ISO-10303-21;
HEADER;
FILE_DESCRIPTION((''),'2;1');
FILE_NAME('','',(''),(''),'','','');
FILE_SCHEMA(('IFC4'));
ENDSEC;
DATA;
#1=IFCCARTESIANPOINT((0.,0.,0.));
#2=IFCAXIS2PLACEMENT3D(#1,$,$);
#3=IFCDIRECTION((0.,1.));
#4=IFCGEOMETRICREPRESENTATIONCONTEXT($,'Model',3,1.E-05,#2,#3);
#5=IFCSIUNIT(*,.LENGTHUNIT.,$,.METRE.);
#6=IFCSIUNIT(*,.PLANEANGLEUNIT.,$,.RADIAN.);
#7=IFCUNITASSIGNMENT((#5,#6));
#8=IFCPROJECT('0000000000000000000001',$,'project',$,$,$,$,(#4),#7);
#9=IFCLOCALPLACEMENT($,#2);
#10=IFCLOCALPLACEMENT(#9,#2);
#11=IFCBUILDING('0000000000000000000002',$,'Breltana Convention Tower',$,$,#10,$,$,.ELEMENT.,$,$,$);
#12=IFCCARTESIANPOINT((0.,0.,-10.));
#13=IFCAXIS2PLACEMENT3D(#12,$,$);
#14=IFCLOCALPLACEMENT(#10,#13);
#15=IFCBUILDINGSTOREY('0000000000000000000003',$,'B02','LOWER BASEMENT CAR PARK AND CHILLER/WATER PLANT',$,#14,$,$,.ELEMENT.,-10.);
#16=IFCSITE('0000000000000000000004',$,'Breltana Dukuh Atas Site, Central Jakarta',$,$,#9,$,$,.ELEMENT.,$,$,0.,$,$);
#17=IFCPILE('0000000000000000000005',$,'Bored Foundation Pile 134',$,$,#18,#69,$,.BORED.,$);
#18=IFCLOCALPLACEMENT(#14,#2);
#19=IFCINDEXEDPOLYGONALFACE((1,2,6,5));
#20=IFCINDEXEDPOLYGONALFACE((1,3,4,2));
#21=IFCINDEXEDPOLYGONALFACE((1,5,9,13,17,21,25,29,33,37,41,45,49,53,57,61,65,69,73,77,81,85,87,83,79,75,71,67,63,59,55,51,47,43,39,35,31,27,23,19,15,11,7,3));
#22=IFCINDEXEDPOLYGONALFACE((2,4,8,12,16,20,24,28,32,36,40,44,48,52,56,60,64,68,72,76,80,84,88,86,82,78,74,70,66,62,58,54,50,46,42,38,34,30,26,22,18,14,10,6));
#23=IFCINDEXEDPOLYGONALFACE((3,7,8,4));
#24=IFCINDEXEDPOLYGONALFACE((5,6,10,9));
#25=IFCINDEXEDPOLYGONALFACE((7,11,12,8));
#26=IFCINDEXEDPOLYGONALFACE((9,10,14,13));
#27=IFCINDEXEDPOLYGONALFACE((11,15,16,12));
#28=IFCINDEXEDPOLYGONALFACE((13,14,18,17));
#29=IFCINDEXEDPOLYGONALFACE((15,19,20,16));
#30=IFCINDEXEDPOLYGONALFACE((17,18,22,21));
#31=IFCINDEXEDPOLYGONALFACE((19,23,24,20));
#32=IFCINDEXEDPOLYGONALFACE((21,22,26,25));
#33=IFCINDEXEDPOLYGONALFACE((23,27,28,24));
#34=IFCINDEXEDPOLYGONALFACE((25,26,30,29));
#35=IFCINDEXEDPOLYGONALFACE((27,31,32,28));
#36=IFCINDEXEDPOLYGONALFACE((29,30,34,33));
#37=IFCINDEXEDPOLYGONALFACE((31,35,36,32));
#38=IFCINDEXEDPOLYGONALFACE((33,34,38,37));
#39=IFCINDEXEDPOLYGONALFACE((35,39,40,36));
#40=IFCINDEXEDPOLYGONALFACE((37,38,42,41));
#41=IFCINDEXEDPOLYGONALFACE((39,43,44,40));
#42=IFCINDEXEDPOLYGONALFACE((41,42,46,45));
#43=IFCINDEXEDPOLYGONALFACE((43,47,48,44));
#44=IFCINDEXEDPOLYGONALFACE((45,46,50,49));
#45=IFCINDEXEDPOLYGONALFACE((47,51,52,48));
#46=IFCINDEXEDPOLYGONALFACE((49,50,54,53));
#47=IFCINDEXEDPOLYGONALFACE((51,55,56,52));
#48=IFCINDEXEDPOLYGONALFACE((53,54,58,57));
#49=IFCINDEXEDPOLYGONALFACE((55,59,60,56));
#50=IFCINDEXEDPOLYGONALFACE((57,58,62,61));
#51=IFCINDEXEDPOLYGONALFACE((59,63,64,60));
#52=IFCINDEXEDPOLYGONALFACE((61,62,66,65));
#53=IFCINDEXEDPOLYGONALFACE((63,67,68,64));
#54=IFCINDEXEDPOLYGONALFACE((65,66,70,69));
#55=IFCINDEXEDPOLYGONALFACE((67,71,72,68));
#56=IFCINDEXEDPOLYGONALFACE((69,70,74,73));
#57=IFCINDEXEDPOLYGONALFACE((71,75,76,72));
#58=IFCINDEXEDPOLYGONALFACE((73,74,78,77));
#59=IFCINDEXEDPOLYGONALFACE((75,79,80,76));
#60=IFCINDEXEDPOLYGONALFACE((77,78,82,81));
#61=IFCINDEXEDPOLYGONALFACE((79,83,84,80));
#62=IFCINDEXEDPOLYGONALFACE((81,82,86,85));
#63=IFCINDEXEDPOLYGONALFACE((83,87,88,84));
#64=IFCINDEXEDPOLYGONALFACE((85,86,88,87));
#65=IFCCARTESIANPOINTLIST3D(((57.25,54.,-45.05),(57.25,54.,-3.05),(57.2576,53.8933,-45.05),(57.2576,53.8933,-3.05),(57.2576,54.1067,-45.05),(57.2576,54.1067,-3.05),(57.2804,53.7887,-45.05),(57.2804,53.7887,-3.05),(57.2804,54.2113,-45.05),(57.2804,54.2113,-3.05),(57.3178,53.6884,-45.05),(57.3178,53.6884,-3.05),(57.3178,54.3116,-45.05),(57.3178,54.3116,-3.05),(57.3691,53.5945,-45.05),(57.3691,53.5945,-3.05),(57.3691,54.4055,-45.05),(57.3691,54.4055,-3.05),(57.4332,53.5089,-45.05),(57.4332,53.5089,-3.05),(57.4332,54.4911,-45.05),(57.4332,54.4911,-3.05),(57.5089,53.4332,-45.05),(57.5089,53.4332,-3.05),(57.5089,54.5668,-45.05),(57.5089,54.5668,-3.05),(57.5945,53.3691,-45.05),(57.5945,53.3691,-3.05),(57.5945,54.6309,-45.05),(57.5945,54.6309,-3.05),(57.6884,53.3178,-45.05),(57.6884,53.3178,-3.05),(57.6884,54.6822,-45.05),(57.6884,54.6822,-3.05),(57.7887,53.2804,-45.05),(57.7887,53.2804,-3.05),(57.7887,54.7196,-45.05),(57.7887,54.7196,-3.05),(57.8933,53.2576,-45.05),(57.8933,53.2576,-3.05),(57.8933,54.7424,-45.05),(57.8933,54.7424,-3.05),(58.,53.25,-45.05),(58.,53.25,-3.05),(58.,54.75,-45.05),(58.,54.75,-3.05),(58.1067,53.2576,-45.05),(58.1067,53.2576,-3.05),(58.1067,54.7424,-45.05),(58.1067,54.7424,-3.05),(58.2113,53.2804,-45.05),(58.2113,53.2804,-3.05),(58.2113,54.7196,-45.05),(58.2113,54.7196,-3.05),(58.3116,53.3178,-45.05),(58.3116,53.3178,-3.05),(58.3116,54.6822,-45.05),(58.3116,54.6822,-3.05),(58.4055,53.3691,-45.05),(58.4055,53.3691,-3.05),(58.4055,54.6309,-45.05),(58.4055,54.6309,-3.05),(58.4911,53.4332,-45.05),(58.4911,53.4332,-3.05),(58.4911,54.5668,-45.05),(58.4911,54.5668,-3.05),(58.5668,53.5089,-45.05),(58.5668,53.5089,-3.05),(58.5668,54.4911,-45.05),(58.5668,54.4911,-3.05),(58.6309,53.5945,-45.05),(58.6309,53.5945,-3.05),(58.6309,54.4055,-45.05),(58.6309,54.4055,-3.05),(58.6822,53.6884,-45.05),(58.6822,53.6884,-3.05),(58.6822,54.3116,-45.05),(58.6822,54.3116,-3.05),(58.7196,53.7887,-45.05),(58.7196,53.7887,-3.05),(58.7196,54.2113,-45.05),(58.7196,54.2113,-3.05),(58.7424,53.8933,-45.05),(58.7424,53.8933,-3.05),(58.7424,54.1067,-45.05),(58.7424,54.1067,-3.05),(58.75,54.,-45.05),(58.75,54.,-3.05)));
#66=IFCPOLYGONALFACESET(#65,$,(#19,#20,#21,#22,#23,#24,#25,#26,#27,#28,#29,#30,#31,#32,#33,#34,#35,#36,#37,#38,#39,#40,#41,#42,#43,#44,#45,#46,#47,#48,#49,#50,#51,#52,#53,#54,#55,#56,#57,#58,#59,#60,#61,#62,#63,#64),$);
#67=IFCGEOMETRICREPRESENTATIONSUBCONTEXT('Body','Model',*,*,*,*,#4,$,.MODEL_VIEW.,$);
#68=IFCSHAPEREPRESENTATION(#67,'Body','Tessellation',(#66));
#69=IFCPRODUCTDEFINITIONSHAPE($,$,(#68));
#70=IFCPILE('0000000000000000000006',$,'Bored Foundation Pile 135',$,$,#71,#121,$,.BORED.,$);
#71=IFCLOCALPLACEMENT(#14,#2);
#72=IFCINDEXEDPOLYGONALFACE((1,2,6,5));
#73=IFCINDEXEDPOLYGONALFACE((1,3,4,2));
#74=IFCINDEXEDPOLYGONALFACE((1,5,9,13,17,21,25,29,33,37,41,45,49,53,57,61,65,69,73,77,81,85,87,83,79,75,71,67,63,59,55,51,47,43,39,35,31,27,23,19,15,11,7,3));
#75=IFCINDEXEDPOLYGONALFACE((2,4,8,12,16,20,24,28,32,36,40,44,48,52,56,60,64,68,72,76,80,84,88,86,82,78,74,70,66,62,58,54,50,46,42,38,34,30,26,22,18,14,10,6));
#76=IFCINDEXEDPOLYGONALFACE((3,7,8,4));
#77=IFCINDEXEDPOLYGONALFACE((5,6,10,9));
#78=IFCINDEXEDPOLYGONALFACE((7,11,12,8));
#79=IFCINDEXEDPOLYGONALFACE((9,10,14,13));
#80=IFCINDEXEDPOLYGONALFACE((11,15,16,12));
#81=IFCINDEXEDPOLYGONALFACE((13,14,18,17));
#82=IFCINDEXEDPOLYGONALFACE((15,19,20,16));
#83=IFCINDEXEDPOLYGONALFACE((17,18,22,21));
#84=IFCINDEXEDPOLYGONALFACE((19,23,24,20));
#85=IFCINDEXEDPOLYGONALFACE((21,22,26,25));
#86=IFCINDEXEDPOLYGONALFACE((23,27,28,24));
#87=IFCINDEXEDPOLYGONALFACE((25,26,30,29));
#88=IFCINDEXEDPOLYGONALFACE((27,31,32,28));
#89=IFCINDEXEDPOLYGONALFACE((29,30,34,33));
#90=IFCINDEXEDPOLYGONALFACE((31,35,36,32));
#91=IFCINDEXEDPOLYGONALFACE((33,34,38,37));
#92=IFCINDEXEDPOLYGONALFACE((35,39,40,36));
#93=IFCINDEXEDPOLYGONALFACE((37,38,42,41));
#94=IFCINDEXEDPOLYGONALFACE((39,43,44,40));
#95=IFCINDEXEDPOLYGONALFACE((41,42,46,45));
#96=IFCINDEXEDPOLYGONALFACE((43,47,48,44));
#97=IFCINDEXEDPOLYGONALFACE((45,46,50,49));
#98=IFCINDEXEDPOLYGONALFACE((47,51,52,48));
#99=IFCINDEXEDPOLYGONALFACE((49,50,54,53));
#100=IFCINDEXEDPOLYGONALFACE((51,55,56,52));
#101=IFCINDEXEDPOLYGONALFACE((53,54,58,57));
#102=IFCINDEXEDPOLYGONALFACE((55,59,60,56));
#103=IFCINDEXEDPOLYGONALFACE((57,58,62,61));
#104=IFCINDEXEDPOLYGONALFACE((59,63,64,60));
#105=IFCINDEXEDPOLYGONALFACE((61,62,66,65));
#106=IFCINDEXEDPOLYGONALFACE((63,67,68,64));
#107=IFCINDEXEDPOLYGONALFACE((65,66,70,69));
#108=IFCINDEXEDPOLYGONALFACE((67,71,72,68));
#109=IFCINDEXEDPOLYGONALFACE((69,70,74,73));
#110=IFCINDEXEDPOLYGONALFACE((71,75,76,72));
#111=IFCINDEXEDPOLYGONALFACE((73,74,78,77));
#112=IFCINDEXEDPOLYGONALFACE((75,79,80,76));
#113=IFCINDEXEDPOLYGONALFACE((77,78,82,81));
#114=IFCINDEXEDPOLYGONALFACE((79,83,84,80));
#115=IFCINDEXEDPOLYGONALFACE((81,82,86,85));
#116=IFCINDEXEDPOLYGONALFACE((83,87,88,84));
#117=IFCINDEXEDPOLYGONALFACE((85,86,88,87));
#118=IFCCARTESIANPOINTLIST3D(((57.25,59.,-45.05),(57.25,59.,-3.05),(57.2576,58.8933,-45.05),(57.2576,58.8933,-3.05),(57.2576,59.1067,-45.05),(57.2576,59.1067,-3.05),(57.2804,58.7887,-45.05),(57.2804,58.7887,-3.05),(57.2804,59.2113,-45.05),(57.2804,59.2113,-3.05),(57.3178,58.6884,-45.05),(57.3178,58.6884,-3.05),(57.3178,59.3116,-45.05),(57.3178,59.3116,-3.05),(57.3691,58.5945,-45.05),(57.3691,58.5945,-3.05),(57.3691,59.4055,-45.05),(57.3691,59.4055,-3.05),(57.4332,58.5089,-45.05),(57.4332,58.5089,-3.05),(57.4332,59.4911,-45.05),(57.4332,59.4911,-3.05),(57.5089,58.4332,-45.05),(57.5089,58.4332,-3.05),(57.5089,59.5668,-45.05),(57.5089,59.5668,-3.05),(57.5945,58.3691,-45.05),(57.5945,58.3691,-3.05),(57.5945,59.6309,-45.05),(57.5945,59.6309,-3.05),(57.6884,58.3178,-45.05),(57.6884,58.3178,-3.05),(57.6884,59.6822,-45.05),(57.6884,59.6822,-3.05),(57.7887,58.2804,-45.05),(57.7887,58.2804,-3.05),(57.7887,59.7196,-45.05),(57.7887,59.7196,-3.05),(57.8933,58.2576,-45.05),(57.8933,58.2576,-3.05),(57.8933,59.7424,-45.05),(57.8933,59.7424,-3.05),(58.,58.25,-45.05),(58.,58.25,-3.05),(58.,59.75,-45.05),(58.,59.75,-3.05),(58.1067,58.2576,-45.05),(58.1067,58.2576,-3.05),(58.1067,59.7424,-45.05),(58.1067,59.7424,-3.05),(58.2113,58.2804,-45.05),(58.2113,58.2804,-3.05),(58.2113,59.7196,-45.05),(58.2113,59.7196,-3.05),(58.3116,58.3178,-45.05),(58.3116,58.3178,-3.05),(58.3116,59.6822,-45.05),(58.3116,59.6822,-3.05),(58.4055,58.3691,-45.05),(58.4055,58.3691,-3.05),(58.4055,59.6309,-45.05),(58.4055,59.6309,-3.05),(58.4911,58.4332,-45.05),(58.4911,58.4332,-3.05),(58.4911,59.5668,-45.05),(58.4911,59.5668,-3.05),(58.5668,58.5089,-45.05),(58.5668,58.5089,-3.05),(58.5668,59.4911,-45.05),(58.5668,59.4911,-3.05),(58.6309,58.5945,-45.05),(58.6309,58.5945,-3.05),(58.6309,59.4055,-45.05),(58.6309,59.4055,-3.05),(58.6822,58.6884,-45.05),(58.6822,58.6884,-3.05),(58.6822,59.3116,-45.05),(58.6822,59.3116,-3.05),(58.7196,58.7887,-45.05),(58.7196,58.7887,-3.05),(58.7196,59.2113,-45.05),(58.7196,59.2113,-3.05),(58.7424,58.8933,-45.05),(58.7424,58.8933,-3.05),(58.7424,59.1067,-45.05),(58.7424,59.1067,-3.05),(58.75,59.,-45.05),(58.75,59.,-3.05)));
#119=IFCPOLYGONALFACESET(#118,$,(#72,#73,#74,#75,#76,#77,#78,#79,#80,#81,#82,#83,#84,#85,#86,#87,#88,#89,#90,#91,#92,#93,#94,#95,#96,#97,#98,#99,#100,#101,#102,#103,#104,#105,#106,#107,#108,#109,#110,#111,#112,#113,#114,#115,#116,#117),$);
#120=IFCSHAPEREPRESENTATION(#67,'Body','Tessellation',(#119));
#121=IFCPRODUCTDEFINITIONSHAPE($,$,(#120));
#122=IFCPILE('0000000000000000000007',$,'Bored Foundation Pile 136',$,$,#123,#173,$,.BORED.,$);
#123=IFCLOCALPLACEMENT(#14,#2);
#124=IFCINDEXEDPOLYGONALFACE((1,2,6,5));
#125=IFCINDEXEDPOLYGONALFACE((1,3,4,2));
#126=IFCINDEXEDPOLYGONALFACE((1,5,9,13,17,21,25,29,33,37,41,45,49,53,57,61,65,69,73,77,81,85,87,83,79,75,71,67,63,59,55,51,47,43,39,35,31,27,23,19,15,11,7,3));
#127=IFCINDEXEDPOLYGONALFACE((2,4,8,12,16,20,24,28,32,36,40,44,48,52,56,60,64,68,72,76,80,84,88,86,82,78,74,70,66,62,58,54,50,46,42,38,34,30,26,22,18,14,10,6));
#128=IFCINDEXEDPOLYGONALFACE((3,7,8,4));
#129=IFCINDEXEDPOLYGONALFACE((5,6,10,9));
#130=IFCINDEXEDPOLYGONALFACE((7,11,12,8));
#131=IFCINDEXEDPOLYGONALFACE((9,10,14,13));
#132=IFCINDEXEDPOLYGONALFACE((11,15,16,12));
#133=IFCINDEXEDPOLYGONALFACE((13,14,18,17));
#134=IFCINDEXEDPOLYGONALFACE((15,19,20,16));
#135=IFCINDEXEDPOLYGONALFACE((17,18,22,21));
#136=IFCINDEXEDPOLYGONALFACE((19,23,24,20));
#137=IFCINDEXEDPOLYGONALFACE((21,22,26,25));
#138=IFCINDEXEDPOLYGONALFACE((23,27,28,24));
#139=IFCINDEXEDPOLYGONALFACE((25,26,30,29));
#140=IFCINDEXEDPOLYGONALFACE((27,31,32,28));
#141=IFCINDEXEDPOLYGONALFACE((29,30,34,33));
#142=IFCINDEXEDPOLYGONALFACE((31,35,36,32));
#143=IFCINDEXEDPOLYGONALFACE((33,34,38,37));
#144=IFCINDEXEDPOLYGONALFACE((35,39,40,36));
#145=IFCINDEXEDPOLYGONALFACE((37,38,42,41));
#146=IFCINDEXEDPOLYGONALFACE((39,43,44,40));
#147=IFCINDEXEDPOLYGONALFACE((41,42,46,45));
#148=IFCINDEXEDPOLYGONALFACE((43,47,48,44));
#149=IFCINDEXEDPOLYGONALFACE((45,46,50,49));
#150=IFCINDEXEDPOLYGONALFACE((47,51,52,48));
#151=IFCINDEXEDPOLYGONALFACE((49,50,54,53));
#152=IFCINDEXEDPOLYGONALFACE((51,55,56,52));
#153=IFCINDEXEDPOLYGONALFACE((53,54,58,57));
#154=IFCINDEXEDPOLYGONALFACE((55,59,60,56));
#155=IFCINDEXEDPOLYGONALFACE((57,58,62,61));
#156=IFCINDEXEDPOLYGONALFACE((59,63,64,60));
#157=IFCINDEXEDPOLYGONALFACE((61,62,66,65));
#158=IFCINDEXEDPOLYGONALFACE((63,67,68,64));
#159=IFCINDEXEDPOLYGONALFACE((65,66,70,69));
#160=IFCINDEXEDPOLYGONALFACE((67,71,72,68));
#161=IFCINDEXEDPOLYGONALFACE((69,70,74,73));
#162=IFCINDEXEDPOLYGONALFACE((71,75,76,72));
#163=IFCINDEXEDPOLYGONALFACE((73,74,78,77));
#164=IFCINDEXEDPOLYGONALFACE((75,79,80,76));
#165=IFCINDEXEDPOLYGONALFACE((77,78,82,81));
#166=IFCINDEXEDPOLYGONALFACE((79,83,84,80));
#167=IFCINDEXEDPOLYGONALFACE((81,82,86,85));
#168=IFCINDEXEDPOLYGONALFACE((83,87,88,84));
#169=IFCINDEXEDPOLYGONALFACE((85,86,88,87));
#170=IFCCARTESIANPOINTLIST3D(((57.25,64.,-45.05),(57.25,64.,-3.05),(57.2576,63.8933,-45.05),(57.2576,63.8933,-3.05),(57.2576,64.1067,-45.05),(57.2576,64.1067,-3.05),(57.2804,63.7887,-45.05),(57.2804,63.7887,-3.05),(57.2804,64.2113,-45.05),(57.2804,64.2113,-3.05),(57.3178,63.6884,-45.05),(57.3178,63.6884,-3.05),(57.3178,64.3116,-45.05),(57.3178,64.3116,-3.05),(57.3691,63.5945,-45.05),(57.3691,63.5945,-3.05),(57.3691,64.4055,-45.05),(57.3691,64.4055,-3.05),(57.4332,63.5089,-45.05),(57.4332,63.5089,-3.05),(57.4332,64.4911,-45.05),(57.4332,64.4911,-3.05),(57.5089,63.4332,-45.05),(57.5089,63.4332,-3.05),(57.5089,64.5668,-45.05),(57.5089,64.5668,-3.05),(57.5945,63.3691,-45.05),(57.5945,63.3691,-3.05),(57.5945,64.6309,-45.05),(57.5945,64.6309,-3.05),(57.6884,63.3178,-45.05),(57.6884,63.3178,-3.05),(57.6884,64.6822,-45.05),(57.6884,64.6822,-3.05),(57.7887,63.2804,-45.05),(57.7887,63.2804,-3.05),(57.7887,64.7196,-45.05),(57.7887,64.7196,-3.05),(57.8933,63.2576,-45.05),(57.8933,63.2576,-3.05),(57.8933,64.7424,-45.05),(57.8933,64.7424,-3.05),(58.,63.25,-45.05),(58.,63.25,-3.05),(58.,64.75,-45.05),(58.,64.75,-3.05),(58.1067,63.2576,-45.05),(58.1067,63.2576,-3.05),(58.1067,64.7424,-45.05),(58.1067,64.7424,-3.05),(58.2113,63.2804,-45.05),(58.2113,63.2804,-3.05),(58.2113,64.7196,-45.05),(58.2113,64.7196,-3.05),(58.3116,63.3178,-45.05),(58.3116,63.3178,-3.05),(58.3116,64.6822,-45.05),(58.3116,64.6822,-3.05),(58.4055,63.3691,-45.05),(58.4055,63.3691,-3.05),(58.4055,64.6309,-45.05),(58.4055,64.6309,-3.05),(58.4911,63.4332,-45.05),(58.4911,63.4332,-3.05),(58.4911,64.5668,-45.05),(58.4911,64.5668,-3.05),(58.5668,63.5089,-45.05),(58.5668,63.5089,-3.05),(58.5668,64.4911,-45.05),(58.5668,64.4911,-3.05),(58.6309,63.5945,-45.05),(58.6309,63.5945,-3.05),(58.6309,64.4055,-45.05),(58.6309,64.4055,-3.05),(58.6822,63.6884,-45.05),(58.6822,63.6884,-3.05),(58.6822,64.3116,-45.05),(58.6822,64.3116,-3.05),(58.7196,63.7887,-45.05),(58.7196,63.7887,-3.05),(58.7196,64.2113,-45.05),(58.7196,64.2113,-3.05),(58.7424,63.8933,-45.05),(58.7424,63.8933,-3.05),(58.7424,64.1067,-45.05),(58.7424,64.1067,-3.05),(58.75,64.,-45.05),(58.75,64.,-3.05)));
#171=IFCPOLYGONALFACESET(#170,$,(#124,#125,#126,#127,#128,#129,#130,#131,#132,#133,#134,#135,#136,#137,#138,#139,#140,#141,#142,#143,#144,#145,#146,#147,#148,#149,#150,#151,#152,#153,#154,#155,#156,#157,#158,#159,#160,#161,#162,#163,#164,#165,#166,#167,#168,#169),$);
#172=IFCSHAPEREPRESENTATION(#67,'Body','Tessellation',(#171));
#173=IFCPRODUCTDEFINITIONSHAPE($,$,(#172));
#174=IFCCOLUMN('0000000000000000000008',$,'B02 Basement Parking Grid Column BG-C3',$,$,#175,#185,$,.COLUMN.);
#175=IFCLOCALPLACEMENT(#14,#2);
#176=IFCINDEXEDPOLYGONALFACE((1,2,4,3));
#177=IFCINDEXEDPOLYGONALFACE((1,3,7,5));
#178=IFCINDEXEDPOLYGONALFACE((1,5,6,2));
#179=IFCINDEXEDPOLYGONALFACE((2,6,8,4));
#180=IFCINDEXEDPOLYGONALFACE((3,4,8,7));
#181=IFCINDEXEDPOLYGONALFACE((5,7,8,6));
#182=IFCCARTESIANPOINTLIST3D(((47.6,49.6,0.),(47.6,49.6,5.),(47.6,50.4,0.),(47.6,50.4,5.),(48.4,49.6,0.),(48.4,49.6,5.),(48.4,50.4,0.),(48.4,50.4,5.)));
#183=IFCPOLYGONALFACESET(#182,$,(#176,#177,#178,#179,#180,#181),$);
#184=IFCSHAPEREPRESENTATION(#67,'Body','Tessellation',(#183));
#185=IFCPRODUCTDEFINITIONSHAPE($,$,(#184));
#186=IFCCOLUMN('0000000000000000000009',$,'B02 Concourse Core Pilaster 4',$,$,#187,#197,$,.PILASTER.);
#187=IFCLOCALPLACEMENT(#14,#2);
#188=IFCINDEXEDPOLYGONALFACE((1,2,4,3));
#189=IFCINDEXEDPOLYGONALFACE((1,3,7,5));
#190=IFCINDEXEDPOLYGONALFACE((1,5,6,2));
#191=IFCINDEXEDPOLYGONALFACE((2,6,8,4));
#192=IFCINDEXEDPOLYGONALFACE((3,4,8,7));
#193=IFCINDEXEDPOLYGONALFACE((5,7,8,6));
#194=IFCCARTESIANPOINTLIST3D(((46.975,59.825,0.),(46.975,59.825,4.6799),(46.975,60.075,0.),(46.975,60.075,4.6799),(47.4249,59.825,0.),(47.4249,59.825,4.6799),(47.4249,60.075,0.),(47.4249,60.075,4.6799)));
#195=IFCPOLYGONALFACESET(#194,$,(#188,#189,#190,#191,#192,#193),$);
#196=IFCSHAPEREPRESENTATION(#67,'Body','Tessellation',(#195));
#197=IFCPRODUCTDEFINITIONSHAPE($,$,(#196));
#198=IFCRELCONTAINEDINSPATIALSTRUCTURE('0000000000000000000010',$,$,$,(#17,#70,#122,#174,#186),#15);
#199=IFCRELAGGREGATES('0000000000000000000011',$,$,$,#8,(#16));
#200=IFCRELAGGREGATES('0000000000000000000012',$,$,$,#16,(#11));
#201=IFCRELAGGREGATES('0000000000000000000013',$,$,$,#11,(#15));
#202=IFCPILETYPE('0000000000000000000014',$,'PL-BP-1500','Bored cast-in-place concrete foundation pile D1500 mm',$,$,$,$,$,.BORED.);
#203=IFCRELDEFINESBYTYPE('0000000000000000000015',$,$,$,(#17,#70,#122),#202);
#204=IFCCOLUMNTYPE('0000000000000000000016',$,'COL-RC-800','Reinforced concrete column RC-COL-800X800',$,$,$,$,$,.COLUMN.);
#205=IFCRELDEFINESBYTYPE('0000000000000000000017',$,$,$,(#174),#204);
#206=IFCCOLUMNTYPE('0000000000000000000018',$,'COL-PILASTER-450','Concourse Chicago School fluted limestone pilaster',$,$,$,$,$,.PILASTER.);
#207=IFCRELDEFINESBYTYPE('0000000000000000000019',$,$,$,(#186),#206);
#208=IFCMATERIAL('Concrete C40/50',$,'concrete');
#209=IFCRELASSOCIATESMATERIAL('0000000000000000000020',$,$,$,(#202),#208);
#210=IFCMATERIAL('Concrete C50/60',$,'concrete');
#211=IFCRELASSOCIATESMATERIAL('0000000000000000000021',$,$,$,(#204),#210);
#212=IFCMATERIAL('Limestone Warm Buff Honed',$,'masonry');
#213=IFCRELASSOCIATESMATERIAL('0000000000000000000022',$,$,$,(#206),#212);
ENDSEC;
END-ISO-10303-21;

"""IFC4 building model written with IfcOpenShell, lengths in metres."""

from ifc_helpers import new_model, si_unit, direction, frame, origin, origin_2d, place, context, subcontext, project, spatial, rectangle, circle, extrude, source, transform, mapped, material, material_profile, profile_set, type_object, type_shapes, element, save


model = new_model("IFC4")

# Units and contexts
model_context = context("Model", 3, precision=1e-05, world=origin(), true_north=direction((0.0, 1.0)))
body_context = subcontext(model_context, "Body", "Model", "MODEL_VIEW")
ifc_project = project(units=[si_unit("LENGTHUNIT", "METRE"), si_unit("PLANEANGLEUNIT", "RADIAN")], contexts=[model_context])

# Site, building, storey
site_placement = place(None, origin())
site = spatial("IfcSite", under=ifc_project, at=site_placement, Name="Breltana Dukuh Atas Site, Central Jakarta", CompositionType="ELEMENT", RefElevation=0.0)
building_placement = place(site_placement, origin())
building = spatial("IfcBuilding", under=site, at=building_placement, Name="Breltana Convention Tower", CompositionType="ELEMENT")
storey_placement = place(building_placement, frame((0.0, 0.0, -10.0)))
storey = spatial("IfcBuildingStorey", under=building, at=storey_placement, Name="B02", Description="LOWER BASEMENT CAR PARK AND CHILLER/WATER PLANT", CompositionType="ELEMENT", Elevation=-10.0)

# Piles
ifc_material_1 = material(Name="Concrete C40/50", Category="concrete")
ifc_material_profile_1 = material_profile(ifc_material_1, circle(Radius=0.75, at=origin_2d()), Name="BP-D1500")
ifc_profile_set_1 = profile_set([ifc_material_profile_1], Name="Concrete C40/50")
pile_type_1 = type_object("IfcPileType", Name="PL-BP-1500", Description="Bored cast-in-place concrete foundation pile D1500 mm", PredefinedType="BORED", material=ifc_profile_set_1)
shared_shape_1 = source(origin(), body_context, "Body", "SweptSolid", [
    extrude(circle(Radius=0.75, at=origin_2d()), origin(), (0.0, 0.0, 1.0), 42.0),
])
type_shapes(pile_type_1, [shared_shape_1])
for number, where, z_axis, x_axis, name in (
    (1, (58.0, 54.0, -3.05), (0.0, 0.0, -1.0), (1.0, 0.0, 0.0), "Bored Foundation Pile 134"),
    (2, (58.0, 59.0, -3.05), (0.0, 0.0, -1.0), (1.0, 0.0, 0.0), "Bored Foundation Pile 135"),
    (3, (58.0, 64.0, -3.05), (0.0, 0.0, -1.0), (1.0, 0.0, 0.0), "Bored Foundation Pile 136"),
):
    element("IfcPile", number, at=place(storey_placement, frame(where, z_axis=z_axis, x_axis=x_axis)), inside=storey, type_object=pile_type_1, Name=name, PredefinedType="BORED", context=body_context, shape_type="MappedRepresentation", body=[
        mapped(shared_shape_1, transform((0.0, 0.0, 0.0), scale=1.0)),
    ])

# Columns
ifc_material_2 = material(Name="Concrete C50/60", Category="concrete")
ifc_material_profile_2 = material_profile(ifc_material_2, rectangle(XDim=0.8, YDim=0.8, at=origin_2d()), Name="RC-COL-800X800")
ifc_profile_set_2 = profile_set([ifc_material_profile_2], Name="Concrete C50/60")
column_type_1 = type_object("IfcColumnType", Name="COL-RC-800", Description="Reinforced concrete column RC-COL-800X800", PredefinedType="COLUMN", material=ifc_profile_set_2)
shared_shape_2 = source(origin(), body_context, "Body", "SweptSolid", [
    extrude(rectangle(XDim=0.8, YDim=0.8, at=origin_2d()), origin(), (0.0, 0.0, 1.0), 5.0),
])
type_shapes(column_type_1, [shared_shape_2])
column_placement = place(storey_placement, frame((48.0, 50.0, 0.0), z_axis=(0.0, 0.0, 1.0), x_axis=(1.0, 0.0, 0.0)))
element("IfcColumn", 4, at=column_placement, inside=storey, type_object=column_type_1, Name="B02 Basement Parking Grid Column BG-C3", PredefinedType="COLUMN", context=body_context, shape_type="MappedRepresentation", body=[
    mapped(shared_shape_2, transform((0.0, 0.0, 0.0), scale=1.0)),
])
ifc_material_3 = material(Name="Limestone Warm Buff Honed", Category="masonry")
ifc_material_profile_3 = material_profile(ifc_material_3, rectangle(XDim=0.45, YDim=0.25, at=origin_2d()), Name="PIL-450X250")
ifc_profile_set_3 = profile_set([ifc_material_profile_3], Name="Limestone Warm Buff Honed")
column_type_2 = type_object("IfcColumnType", Name="COL-PILASTER-450", Description="Concourse Chicago School fluted limestone pilaster", PredefinedType="PILASTER", material=ifc_profile_set_3)
shared_shape_3 = source(origin(), body_context, "Body", "SweptSolid", [
    extrude(rectangle(XDim=0.45, YDim=0.25, at=origin_2d()), origin(), (0.0, 0.0, 1.0), 4.6799),
])
type_shapes(column_type_2, [shared_shape_3])
for number, where, z_axis, x_axis, name in (
    (5, (47.2, 59.95, 0.0), (0.0, 0.0, 1.0), (1.0, 0.0, 0.0), "B02 Concourse Core Pilaster 4"),
):
    element("IfcColumn", number, at=place(storey_placement, frame(where, z_axis=z_axis, x_axis=x_axis)), inside=storey, type_object=column_type_2, Name=name, PredefinedType="PILASTER", context=body_context, shape_type="MappedRepresentation", body=[
        mapped(shared_shape_3, transform((0.0, 0.0, 0.0), scale=1.0)),
    ])

save(model, "model.ifc")
